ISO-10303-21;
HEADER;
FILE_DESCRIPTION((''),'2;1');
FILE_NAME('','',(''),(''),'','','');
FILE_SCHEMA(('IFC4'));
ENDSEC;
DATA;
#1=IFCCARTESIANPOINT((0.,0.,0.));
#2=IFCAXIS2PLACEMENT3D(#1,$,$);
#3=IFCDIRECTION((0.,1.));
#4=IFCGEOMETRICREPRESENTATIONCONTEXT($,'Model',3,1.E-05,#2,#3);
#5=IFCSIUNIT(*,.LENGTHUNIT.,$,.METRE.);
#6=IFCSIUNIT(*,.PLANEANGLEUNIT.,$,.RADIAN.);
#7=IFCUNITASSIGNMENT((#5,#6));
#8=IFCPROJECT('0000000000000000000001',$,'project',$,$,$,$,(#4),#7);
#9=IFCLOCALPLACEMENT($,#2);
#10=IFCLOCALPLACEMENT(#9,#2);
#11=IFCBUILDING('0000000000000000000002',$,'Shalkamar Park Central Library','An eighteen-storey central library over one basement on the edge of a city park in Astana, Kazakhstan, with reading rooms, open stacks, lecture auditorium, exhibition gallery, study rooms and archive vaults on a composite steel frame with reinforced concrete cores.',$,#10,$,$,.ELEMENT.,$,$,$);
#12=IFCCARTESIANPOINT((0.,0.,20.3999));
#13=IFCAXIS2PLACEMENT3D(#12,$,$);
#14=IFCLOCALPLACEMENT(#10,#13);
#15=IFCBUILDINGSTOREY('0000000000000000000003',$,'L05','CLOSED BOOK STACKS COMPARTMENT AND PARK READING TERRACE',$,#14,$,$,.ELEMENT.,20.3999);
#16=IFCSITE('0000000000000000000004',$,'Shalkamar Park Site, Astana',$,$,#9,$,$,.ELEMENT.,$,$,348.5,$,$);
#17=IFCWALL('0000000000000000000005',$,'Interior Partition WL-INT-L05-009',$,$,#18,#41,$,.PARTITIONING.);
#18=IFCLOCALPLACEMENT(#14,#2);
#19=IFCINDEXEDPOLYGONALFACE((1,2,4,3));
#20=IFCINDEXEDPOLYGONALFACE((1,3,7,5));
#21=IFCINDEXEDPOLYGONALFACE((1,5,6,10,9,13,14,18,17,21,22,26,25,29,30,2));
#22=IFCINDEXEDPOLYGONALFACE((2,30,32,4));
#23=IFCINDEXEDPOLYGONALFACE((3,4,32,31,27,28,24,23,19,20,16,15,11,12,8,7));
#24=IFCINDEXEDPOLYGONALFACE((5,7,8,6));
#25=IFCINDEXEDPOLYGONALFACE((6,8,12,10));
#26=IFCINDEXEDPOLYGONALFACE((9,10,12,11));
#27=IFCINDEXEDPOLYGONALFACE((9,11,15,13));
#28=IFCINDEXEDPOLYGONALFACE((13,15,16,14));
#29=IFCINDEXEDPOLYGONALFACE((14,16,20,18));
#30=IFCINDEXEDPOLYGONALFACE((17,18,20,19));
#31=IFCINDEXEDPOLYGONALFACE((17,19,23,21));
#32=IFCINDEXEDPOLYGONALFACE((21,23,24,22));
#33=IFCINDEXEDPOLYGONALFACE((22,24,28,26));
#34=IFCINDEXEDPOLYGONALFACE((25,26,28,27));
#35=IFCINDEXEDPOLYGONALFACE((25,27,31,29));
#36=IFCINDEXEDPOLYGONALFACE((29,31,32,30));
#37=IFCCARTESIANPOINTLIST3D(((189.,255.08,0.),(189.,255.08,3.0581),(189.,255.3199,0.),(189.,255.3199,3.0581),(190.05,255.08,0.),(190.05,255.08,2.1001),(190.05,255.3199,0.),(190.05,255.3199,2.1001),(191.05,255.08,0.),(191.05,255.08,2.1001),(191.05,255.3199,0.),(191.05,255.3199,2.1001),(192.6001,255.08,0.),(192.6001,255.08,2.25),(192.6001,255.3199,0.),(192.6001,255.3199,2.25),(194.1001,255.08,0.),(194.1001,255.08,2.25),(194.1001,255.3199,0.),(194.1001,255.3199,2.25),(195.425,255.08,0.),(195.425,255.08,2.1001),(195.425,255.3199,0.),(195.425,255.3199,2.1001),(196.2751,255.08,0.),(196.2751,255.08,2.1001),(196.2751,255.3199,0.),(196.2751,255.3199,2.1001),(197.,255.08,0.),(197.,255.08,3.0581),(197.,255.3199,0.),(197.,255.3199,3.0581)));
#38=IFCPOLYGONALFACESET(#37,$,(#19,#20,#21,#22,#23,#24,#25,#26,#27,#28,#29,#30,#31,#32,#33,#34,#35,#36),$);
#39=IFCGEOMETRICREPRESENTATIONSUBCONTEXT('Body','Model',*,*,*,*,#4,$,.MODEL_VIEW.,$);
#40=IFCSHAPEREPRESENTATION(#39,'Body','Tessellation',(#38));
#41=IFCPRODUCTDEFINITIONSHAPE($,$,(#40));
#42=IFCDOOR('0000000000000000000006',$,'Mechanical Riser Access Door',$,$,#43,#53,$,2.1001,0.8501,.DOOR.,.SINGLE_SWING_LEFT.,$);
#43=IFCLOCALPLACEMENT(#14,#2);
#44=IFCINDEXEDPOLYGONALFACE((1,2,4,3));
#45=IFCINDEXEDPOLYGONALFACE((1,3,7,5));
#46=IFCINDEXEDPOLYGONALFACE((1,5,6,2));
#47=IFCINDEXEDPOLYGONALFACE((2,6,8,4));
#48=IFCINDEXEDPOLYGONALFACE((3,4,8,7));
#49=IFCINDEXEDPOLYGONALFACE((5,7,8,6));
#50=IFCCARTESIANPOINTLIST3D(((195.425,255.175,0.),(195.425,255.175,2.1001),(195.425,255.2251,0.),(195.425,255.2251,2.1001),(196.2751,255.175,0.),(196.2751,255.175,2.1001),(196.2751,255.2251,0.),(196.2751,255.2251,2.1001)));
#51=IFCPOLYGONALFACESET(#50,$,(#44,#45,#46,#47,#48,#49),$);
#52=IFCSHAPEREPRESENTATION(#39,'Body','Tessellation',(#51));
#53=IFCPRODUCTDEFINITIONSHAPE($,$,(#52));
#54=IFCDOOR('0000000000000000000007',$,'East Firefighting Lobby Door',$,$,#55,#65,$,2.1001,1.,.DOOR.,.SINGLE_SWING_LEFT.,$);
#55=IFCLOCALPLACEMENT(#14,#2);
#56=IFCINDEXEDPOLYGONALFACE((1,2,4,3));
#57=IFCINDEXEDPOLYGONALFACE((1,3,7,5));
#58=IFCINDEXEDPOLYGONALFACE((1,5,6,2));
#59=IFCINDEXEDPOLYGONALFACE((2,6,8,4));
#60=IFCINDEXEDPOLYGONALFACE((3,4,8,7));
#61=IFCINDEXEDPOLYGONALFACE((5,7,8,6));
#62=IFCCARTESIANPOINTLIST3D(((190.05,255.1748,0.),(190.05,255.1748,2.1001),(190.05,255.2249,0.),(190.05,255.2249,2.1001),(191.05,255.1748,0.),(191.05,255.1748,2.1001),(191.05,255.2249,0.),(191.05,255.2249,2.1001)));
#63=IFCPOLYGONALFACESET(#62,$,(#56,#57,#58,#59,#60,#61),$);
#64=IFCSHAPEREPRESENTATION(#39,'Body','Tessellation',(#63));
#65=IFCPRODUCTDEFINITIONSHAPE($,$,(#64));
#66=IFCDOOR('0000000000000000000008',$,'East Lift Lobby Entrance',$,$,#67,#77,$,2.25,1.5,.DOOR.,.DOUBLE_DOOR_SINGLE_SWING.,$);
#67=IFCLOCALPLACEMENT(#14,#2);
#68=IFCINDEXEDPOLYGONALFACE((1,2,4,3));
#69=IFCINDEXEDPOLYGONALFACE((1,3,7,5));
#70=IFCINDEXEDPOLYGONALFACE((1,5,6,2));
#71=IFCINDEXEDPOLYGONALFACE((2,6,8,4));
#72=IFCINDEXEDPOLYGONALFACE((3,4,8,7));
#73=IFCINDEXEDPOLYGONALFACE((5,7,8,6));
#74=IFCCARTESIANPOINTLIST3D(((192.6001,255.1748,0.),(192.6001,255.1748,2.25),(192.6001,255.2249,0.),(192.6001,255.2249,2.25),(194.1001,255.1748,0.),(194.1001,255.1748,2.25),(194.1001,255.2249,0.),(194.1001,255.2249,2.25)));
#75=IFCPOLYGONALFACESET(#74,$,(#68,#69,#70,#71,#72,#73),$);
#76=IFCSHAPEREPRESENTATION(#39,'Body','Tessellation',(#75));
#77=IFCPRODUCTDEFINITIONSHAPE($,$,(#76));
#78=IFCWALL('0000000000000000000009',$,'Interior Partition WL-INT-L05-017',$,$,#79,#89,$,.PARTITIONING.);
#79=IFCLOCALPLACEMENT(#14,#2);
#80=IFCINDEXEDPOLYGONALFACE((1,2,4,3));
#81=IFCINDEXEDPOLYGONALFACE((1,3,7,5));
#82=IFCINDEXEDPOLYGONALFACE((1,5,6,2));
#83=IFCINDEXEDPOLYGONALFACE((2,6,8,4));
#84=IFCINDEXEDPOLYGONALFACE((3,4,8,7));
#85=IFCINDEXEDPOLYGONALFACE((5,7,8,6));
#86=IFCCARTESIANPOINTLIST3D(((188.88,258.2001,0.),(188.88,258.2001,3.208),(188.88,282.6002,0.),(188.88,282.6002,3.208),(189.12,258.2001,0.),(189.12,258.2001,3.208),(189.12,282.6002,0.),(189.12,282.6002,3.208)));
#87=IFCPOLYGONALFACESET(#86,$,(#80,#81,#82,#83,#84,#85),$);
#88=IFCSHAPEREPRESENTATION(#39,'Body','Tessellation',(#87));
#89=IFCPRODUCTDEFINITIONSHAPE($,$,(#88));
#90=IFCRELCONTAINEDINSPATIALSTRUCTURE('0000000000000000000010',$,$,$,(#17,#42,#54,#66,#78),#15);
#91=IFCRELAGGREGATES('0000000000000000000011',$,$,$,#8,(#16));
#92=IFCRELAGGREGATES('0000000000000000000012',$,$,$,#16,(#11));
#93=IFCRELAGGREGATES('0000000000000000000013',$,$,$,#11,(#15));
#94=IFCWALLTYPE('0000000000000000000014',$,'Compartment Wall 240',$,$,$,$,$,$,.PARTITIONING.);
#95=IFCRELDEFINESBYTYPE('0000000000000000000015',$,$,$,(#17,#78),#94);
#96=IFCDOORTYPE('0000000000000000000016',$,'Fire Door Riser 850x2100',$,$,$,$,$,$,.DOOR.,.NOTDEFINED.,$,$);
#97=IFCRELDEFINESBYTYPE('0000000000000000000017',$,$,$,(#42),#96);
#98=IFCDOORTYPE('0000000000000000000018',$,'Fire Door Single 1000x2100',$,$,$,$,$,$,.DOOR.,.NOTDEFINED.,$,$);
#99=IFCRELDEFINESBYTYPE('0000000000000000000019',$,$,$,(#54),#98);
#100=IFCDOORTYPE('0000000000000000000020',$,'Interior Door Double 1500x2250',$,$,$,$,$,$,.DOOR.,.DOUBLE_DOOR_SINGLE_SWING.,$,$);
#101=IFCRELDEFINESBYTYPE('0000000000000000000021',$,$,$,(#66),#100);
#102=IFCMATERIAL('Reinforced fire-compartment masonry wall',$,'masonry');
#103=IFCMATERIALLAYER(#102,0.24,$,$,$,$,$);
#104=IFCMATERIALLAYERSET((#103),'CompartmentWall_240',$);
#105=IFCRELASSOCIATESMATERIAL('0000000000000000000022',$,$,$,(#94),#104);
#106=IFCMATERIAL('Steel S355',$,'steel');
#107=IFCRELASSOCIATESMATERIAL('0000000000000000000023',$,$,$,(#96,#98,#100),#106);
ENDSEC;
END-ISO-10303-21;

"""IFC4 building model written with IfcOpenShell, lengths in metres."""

from ifc_helpers import new_model, si_unit, direction, frame, frame_2d, origin, place, context, subcontext, project, spatial, rectangle, extrude, material, layer, layer_set, type_object, element, fill, save


model = new_model("IFC4")

# Units and contexts
model_context = context("Model", 3, precision=1e-05, world=origin(), true_north=direction((0.0, 1.0)))
body_context = subcontext(model_context, "Body", "Model", "MODEL_VIEW")
ifc_project = project(units=[si_unit("LENGTHUNIT", "METRE"), si_unit("PLANEANGLEUNIT", "RADIAN")], contexts=[model_context])

# Site, building, storey
site_placement = place(None, origin())
site = spatial("IfcSite", under=ifc_project, at=site_placement, Name="Shalkamar Park Site, Astana", CompositionType="ELEMENT", RefElevation=348.5)
building_placement = place(site_placement, origin())
building = spatial("IfcBuilding", under=site, at=building_placement, Name="Shalkamar Park Central Library", Description="An eighteen-storey central library over one basement on the edge of a city park in Astana, Kazakhstan, with reading rooms, open stacks, lecture auditorium, exhibition gallery, study rooms and archive vaults on a composite steel frame with reinforced concrete cores.", CompositionType="ELEMENT")
storey_placement = place(building_placement, frame((0.0, 0.0, 20.3999)))
storey = spatial("IfcBuildingStorey", under=building, at=storey_placement, Name="L05", Description="CLOSED BOOK STACKS COMPARTMENT AND PARK READING TERRACE", CompositionType="ELEMENT", Elevation=20.3999)

# Shared definitions
ifc_material_1 = material(Name="Steel S355", Category="steel")

# Wall, openings, doors
ifc_material_2 = material(Name="Reinforced fire-compartment masonry wall", Category="masonry")
ifc_layer = layer(ifc_material_2, 0.24)
ifc_layer_set = layer_set([ifc_layer], Name="CompartmentWall_240")
wall_type = type_object("IfcWallType", Name="Compartment Wall 240", PredefinedType="PARTITIONING", material=ifc_layer_set)
wall_1_placement = place(storey_placement, frame((189.0, 255.2, 0.0), z_axis=(0.0, 0.0, 1.0), x_axis=(1.0, 0.0, 0.0)))
wall_1 = element("IfcWall", 1, at=wall_1_placement, inside=storey, type_object=wall_type, Name="Interior Partition WL-INT-L05-009", PredefinedType="PARTITIONING", context=body_context, shape_type="SweptSolid", body=[
    extrude(rectangle(XDim=8.0, YDim=0.24, at=frame_2d((4.0, 0.0))), origin(), (0.0, 0.0, 1.0), 3.0581),
])
opening_1_placement = place(wall_1_placement, frame((1.05, 0.0, 0.0)))
opening_1 = element("IfcOpeningElement", 2, at=opening_1_placement, cuts=wall_1, PredefinedType="OPENING", context=body_context, shape_type="SweptSolid", body=[
    extrude(rectangle(XDim=1.0, YDim=2.1001, at=frame_2d((0.5, 1.05))), frame((0.0, 0.1348, 0.0), z_axis=(0.0, -1.0, 0.0), x_axis=(1.0, 0.0, 0.0)), (0.0, 0.0, 1.0), 0.2698),
])
opening_2_placement = place(wall_1_placement, frame((3.6001, 0.0, 0.0)))
opening_2 = element("IfcOpeningElement", 3, at=opening_2_placement, cuts=wall_1, PredefinedType="OPENING", context=body_context, shape_type="SweptSolid", body=[
    extrude(rectangle(XDim=1.5, YDim=2.25, at=frame_2d((0.75, 1.125))), frame((0.0, 0.1348, 0.0), z_axis=(0.0, -1.0, 0.0), x_axis=(1.0, 0.0, 0.0)), (0.0, 0.0, 1.0), 0.2698),
])
opening_3_placement = place(wall_1_placement, frame((6.425, 0.0, 0.0)))
opening_3 = element("IfcOpeningElement", 4, at=opening_3_placement, cuts=wall_1, PredefinedType="OPENING", context=body_context, shape_type="SweptSolid", body=[
    extrude(rectangle(XDim=0.8501, YDim=2.1001, at=frame_2d((0.425, 1.05))), frame((0.0, 0.1348, 0.0), z_axis=(0.0, -1.0, 0.0), x_axis=(1.0, 0.0, 0.0)), (0.0, 0.0, 1.0), 0.2698),
])
door_type_1 = type_object("IfcDoorType", Name="Fire Door Riser 850x2100", OperationType="NOTDEFINED", PredefinedType="DOOR", material=ifc_material_1)
door_1_placement = place(opening_3_placement, frame((0.8501, 0.0, 0.0), z_axis=(0.0, 0.0, 1.0), x_axis=(-1.0, 0.0, 0.0)))
door_1 = element("IfcDoor", 5, at=door_1_placement, inside=storey, type_object=door_type_1, Name="Mechanical Riser Access Door", OperationType="SINGLE_SWING_LEFT", OverallHeight=2.1001, OverallWidth=0.8501, PredefinedType="DOOR", context=body_context, shape_type="SweptSolid", body=[
    extrude(rectangle(XDim=0.8501, YDim=2.1001, at=frame_2d((0.425, 1.05))), frame((0.0, 0.0249, 0.0), z_axis=(0.0, -1.0, 0.0), x_axis=(1.0, 0.0, 0.0)), (0.0, 0.0, 1.0), 0.05),
])
fill(opening_3, door_1)
door_type_2 = type_object("IfcDoorType", Name="Fire Door Single 1000x2100", OperationType="NOTDEFINED", PredefinedType="DOOR", material=ifc_material_1)
door_2_placement = place(opening_1_placement, origin())
door_2 = element("IfcDoor", 6, at=door_2_placement, inside=storey, type_object=door_type_2, Name="East Firefighting Lobby Door", OperationType="SINGLE_SWING_LEFT", OverallHeight=2.1001, OverallWidth=1.0, PredefinedType="DOOR", context=body_context, shape_type="SweptSolid", body=[
    extrude(rectangle(XDim=1.0, YDim=2.1001, at=frame_2d((0.5, 1.05))), frame((0.0, 0.0249, 0.0), z_axis=(0.0, -1.0, 0.0), x_axis=(1.0, 0.0, 0.0)), (0.0, 0.0, 1.0), 0.05),
])
fill(opening_1, door_2)
door_type_3 = type_object("IfcDoorType", Name="Interior Door Double 1500x2250", OperationType="DOUBLE_DOOR_SINGLE_SWING", PredefinedType="DOOR", material=ifc_material_1)
door_3_placement = place(opening_2_placement, origin())
door_3 = element("IfcDoor", 7, at=door_3_placement, inside=storey, type_object=door_type_3, Name="East Lift Lobby Entrance", OperationType="DOUBLE_DOOR_SINGLE_SWING", OverallHeight=2.25, OverallWidth=1.5, PredefinedType="DOOR", context=body_context, shape_type="SweptSolid", body=[
    extrude(rectangle(XDim=1.5, YDim=2.25, at=frame_2d((0.75, 1.125))), frame((0.0, 0.0249, 0.0), z_axis=(0.0, -1.0, 0.0), x_axis=(1.0, 0.0, 0.0)), (0.0, 0.0, 1.0), 0.05),
])
fill(opening_2, door_3)

# Wall
wall_2_placement = place(storey_placement, frame((189.0, 258.2, 0.0), z_axis=(0.0, 0.0, 1.0), x_axis=(0.0, 1.0, 0.0)))
element("IfcWall", 8, at=wall_2_placement, inside=storey, type_object=wall_type, Name="Interior Partition WL-INT-L05-017", PredefinedType="PARTITIONING", context=body_context, shape_type="SweptSolid", body=[
    extrude(rectangle(XDim=24.4001, YDim=0.24, at=frame_2d((12.2002, 0.0))), origin(), (0.0, 0.0, 1.0), 3.208),
])

save(model, "model.ifc")
